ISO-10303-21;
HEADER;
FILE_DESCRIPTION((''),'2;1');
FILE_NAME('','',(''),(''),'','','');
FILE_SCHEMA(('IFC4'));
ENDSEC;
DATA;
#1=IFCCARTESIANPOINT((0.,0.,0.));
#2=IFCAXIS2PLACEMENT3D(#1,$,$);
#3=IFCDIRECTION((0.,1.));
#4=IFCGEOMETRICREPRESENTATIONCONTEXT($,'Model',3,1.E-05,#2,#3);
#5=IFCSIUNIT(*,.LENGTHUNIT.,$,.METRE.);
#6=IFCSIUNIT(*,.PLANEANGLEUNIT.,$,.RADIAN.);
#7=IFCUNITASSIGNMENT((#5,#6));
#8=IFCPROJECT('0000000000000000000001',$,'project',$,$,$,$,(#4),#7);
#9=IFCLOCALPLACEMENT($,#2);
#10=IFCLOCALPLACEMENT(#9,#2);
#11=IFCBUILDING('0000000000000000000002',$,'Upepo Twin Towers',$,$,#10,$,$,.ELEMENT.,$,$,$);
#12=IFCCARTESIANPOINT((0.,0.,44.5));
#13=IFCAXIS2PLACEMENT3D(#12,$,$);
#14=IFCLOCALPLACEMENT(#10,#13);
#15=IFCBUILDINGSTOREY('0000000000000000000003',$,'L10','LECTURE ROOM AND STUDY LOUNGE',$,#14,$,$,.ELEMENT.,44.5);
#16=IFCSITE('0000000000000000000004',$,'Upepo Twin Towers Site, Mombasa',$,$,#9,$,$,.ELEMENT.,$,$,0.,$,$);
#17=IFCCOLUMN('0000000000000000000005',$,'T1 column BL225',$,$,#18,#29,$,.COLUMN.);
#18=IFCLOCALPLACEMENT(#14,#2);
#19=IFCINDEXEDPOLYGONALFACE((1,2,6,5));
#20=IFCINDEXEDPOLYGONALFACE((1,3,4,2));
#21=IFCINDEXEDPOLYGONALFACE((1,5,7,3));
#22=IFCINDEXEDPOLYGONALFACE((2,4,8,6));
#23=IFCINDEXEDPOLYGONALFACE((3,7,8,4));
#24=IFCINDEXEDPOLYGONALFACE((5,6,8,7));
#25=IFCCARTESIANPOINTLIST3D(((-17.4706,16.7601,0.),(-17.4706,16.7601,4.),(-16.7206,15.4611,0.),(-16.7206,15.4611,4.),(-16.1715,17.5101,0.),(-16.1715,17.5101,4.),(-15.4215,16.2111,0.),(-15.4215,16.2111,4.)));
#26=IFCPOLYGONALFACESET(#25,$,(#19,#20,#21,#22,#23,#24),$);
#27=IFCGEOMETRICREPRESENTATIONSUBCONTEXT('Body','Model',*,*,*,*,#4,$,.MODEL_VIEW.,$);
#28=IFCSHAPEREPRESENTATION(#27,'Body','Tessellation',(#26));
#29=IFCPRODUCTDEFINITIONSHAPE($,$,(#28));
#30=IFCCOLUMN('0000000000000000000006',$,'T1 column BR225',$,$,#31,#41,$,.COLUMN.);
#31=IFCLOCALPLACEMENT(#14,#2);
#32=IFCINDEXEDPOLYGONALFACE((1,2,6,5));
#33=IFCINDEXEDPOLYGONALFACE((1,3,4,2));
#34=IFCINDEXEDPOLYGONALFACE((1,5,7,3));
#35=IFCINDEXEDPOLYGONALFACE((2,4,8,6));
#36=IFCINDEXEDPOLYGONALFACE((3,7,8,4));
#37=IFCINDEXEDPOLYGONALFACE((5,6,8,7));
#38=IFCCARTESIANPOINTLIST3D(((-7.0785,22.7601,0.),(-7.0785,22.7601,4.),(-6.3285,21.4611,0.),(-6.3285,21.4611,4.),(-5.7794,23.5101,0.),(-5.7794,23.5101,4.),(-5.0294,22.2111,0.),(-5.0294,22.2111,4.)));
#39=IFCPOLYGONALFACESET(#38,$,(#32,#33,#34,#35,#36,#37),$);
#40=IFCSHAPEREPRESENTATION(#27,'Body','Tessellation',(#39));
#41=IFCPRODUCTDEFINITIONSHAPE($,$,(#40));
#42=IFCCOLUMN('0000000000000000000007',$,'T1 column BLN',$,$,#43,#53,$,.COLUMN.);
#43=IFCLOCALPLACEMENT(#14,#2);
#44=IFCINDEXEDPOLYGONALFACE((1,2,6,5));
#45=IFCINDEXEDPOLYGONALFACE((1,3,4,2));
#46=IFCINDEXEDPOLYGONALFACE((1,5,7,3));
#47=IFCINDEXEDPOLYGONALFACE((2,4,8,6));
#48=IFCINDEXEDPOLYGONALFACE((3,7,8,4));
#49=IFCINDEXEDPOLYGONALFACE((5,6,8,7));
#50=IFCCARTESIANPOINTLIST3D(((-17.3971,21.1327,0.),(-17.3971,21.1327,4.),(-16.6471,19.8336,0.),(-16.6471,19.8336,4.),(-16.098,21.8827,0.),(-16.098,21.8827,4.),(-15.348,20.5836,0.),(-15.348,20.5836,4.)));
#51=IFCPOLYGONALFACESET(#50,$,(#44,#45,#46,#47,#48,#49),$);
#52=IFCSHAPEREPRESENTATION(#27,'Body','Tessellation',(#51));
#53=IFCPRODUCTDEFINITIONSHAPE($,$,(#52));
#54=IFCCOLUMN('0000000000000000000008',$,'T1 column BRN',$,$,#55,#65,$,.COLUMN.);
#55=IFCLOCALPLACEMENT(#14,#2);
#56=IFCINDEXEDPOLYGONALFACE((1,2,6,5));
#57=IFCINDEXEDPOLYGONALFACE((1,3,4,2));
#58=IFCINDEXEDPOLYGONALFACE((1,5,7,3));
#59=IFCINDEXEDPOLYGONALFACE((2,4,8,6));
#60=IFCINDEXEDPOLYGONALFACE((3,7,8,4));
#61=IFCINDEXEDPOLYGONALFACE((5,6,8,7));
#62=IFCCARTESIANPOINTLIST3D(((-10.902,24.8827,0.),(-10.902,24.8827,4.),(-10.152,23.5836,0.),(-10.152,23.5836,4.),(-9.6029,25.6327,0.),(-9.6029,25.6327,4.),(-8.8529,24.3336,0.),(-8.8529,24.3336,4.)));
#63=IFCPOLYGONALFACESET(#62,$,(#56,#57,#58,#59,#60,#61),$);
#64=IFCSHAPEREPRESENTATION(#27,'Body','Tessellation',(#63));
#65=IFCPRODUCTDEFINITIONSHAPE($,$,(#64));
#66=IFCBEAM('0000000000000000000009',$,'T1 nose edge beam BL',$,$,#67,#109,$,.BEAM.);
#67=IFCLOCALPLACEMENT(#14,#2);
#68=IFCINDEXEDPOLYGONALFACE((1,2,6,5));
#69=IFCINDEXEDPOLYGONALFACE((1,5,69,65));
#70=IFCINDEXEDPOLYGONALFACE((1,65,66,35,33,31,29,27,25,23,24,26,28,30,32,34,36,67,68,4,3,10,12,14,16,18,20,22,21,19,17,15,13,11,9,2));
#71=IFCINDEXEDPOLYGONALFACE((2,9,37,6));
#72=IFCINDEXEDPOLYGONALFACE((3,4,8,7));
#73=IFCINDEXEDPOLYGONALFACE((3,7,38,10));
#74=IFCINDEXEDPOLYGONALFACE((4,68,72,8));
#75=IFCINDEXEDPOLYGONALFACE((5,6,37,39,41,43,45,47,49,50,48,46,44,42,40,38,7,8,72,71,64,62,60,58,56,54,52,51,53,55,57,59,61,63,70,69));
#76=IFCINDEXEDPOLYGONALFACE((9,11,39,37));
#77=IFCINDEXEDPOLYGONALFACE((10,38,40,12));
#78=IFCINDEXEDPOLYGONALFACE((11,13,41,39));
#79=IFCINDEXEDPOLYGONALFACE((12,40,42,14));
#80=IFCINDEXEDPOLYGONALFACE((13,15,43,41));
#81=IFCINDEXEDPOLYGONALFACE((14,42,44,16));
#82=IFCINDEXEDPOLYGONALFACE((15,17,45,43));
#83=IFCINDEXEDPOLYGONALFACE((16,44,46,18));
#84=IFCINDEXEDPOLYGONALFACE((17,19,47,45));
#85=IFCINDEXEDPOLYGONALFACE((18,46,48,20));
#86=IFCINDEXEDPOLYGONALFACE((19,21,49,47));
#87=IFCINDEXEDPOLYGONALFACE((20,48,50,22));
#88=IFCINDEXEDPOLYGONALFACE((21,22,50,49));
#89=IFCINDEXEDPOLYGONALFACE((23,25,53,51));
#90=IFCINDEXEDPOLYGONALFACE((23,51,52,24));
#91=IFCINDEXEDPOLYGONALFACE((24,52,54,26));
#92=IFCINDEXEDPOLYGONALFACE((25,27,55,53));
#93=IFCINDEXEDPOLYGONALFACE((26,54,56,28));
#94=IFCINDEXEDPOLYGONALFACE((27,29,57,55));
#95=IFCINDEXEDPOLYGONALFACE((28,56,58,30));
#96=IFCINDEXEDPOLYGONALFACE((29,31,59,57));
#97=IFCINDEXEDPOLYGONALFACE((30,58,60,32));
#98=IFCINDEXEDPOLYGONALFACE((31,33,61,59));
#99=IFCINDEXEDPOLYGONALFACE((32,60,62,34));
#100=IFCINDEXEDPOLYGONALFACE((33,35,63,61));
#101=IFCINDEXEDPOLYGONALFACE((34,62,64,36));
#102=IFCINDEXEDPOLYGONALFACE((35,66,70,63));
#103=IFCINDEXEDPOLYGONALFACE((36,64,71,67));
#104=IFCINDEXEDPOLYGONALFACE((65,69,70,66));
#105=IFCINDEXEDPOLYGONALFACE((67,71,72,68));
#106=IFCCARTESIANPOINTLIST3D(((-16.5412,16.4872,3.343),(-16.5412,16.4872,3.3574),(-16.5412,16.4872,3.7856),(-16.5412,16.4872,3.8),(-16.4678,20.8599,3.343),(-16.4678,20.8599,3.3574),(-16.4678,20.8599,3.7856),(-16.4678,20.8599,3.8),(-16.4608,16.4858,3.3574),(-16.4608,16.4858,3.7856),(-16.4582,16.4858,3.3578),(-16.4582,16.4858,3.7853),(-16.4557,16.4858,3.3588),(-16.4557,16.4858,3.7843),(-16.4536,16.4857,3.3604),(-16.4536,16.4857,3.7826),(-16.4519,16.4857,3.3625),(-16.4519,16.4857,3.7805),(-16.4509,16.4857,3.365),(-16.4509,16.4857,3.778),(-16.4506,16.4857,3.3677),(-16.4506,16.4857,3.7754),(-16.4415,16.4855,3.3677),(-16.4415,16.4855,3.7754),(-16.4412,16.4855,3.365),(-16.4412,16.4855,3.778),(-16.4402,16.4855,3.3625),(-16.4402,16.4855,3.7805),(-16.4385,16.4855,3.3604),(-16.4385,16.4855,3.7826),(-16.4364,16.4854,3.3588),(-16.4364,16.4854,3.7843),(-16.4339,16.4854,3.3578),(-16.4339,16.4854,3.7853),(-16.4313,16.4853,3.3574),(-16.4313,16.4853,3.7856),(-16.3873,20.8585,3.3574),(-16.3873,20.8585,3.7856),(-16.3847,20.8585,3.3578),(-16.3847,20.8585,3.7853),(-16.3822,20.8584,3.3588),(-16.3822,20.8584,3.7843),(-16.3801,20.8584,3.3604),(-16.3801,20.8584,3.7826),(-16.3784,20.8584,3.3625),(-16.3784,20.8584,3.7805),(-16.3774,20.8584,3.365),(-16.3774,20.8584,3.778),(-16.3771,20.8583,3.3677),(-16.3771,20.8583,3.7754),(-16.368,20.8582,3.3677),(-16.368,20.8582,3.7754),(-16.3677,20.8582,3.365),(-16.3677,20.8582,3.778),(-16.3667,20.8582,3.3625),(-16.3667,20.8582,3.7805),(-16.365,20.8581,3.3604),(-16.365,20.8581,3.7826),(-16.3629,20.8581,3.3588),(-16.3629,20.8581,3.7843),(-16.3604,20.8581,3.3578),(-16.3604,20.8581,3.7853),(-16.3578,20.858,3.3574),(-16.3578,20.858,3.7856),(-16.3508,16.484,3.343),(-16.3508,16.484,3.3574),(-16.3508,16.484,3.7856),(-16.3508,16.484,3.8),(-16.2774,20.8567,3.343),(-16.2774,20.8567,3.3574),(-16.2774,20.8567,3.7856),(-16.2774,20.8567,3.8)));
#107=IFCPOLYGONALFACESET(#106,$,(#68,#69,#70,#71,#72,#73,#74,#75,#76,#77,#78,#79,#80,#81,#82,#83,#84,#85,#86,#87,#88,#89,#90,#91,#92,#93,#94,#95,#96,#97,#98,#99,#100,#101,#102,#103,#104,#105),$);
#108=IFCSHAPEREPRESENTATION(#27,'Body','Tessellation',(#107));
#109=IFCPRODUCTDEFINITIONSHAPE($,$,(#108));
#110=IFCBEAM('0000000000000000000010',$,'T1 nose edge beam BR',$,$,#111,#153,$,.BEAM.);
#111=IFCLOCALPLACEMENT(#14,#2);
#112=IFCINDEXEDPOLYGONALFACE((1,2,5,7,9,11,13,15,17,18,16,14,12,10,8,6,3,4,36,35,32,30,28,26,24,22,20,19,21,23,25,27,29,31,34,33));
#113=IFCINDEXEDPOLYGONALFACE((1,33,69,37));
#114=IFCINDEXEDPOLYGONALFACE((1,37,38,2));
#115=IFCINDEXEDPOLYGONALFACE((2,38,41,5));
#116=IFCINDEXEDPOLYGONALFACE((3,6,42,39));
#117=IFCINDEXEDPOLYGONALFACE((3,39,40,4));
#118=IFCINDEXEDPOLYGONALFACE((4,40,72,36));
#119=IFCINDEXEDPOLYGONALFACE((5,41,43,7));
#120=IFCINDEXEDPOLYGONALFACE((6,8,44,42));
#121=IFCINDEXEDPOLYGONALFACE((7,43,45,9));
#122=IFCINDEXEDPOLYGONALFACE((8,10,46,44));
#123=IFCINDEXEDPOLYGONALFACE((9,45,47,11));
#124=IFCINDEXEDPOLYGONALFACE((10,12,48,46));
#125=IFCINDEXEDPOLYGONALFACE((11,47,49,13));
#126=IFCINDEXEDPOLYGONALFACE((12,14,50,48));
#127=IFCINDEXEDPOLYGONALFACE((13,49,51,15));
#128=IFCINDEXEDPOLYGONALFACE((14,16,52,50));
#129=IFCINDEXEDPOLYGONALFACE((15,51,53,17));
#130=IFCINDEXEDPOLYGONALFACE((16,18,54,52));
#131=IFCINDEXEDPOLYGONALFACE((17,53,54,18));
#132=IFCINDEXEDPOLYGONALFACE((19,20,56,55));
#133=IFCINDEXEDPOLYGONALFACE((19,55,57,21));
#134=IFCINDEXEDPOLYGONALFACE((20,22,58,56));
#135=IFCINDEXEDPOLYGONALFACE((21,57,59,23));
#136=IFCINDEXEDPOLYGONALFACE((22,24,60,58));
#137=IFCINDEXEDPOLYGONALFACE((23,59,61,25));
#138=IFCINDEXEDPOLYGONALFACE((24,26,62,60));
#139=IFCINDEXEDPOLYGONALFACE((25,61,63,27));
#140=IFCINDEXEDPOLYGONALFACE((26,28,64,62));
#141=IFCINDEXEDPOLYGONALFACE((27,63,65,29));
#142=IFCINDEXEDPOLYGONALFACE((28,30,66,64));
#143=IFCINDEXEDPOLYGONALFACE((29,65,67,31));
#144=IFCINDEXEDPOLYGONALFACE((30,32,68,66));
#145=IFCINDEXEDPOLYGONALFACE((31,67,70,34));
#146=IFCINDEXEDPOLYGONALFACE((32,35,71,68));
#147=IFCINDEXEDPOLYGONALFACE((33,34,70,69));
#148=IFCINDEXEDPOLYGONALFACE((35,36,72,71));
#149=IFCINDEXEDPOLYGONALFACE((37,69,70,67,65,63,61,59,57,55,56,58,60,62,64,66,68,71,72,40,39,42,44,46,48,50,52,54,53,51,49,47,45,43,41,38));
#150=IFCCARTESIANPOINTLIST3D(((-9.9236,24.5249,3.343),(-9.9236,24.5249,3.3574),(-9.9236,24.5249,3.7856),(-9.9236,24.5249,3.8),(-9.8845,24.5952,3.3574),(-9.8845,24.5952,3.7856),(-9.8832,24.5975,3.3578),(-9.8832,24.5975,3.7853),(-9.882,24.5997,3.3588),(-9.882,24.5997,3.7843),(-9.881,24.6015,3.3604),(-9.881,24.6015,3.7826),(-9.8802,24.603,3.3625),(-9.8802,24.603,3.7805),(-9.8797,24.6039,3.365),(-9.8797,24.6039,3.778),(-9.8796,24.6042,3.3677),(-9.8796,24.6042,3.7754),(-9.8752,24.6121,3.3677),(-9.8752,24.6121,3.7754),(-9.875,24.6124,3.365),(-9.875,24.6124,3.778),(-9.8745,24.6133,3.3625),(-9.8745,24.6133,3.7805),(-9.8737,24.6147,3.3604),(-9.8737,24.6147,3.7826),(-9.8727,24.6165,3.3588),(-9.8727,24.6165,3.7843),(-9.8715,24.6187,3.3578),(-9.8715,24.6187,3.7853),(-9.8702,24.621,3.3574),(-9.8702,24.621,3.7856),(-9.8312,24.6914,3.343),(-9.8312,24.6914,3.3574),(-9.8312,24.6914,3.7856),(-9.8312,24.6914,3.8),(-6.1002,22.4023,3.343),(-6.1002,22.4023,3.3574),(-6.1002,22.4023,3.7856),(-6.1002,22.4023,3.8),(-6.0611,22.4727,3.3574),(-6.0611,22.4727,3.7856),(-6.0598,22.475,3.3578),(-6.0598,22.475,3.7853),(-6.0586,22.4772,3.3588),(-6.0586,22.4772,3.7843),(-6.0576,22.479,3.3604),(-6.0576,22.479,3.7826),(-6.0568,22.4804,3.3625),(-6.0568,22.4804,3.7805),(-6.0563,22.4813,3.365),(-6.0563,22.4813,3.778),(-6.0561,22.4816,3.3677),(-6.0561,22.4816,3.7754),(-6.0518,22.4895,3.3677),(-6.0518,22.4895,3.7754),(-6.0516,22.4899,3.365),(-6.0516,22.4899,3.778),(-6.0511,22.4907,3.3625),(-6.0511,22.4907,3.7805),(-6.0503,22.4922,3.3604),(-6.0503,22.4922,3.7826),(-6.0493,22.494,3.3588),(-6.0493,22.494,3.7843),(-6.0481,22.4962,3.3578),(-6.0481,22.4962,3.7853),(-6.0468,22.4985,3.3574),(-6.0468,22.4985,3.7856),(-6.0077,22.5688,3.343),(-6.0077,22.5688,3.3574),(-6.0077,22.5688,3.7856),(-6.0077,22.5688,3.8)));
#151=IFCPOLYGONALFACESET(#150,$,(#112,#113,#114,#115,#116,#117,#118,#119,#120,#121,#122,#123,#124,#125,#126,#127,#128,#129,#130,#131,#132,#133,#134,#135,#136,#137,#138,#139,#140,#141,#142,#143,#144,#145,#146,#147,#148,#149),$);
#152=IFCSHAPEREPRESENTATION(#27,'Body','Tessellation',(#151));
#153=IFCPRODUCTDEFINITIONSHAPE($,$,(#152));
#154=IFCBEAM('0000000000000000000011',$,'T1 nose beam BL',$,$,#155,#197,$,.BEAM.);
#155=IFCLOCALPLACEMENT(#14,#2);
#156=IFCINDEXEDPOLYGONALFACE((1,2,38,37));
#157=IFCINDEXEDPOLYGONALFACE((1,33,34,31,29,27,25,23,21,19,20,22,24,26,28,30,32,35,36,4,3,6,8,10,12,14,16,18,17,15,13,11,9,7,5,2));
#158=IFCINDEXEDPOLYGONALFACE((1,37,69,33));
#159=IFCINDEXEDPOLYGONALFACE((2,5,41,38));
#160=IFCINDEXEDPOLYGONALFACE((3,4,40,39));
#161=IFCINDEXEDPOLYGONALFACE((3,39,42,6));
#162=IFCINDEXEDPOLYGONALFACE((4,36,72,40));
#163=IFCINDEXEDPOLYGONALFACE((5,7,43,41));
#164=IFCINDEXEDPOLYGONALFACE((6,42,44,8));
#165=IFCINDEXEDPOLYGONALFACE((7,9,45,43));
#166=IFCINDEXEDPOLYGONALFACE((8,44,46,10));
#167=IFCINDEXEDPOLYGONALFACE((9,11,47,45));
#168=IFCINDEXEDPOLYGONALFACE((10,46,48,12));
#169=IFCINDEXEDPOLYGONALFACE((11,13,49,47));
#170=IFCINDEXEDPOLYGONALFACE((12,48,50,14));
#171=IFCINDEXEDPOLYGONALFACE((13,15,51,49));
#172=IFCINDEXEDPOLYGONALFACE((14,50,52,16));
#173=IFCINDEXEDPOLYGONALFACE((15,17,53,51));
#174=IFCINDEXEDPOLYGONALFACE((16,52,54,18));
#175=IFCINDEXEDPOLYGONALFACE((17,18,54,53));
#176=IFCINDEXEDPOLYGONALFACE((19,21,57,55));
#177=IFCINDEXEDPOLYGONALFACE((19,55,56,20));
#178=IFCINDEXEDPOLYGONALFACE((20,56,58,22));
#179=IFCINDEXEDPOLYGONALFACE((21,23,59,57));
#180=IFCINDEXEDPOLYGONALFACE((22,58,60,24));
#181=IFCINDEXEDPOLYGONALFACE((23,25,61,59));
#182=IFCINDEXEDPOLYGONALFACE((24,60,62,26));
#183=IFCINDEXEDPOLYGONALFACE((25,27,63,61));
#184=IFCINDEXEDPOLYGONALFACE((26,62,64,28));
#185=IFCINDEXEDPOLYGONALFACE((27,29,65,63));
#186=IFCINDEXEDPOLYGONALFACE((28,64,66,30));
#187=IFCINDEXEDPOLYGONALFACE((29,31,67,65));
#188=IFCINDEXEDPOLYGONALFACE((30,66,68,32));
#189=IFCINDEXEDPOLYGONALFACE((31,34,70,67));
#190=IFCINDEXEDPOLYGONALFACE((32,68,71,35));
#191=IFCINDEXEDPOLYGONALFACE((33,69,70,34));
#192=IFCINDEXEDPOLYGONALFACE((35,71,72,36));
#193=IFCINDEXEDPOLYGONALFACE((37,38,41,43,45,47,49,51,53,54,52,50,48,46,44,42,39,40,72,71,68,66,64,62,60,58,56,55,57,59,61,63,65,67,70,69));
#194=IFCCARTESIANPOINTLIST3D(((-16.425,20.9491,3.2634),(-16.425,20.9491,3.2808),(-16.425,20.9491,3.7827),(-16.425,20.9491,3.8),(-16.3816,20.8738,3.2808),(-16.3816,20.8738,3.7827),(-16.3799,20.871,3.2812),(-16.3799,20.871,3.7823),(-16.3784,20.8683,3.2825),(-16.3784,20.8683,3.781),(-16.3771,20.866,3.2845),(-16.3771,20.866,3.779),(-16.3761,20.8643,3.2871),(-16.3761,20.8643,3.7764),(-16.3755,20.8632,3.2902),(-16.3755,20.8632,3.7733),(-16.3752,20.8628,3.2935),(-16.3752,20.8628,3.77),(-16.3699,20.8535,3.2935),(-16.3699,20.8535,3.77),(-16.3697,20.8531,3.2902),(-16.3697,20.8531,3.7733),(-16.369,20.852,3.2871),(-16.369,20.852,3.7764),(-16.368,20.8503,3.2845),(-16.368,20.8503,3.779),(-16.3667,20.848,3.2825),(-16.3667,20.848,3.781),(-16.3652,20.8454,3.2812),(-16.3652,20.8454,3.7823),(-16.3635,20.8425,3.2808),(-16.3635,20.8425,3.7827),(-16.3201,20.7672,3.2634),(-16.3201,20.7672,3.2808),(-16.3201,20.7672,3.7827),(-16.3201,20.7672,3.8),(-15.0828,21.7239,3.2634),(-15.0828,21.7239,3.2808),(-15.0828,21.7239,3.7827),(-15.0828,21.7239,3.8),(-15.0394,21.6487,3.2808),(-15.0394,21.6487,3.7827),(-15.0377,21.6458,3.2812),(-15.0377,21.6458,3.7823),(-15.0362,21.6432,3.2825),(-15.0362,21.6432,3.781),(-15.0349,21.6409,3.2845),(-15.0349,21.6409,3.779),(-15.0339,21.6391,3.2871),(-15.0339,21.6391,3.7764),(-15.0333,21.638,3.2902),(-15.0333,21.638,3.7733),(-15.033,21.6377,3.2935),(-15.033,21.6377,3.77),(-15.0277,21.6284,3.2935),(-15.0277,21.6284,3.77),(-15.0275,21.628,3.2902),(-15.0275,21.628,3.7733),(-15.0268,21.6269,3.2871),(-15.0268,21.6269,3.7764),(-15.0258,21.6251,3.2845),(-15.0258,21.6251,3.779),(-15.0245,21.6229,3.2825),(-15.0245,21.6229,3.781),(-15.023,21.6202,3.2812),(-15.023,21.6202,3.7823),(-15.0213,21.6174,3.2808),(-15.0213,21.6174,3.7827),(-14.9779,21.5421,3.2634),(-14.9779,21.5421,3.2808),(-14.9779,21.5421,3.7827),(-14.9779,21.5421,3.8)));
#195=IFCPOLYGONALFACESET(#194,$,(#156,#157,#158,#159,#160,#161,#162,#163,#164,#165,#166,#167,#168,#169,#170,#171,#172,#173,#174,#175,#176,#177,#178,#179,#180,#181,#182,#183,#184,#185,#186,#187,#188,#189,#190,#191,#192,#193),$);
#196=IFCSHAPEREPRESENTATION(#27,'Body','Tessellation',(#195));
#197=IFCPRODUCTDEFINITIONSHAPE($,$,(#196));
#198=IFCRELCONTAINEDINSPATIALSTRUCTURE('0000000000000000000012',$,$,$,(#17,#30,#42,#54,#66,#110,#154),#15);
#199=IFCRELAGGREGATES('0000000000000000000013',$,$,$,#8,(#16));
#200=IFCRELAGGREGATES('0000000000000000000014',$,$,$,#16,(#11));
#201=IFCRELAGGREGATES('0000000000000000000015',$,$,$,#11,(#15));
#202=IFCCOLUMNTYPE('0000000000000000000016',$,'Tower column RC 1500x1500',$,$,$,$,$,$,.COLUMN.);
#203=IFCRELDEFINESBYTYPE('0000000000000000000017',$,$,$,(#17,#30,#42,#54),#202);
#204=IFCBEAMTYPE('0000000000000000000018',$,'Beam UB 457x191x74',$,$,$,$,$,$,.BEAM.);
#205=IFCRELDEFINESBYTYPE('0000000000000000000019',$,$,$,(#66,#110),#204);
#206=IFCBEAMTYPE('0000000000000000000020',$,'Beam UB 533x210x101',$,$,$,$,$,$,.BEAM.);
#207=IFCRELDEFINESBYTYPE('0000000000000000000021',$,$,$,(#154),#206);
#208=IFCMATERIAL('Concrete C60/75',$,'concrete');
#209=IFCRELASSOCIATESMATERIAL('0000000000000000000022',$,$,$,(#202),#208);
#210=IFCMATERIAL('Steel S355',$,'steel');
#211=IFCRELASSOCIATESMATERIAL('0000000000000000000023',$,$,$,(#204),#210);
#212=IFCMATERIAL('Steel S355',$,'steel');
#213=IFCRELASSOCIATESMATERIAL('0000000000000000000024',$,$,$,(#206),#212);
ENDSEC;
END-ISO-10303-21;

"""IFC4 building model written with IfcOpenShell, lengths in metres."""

from ifc_helpers import new_model, si_unit, direction, frame, origin, origin_2d, place, context, subcontext, project, spatial, rectangle, i_section, extrude, material, material_profile, profile_set, type_object, element, save


model = new_model("IFC4")

# Units and contexts
model_context = context("Model", 3, precision=1e-05, world=origin(), true_north=direction((0.0, 1.0)))
body_context = subcontext(model_context, "Body", "Model", "MODEL_VIEW")
ifc_project = project(units=[si_unit("LENGTHUNIT", "METRE"), si_unit("PLANEANGLEUNIT", "RADIAN")], contexts=[model_context])

# Site, building, storey
site_placement = place(None, origin())
site = spatial("IfcSite", under=ifc_project, at=site_placement, Name="Upepo Twin Towers Site, Mombasa", CompositionType="ELEMENT", RefElevation=0.0)
building_placement = place(site_placement, origin())
building = spatial("IfcBuilding", under=site, at=building_placement, Name="Upepo Twin Towers", CompositionType="ELEMENT")
storey_placement = place(building_placement, frame((0.0, 0.0, 44.5)))
storey = spatial("IfcBuildingStorey", under=building, at=storey_placement, Name="L10", Description="LECTURE ROOM AND STUDY LOUNGE", CompositionType="ELEMENT", Elevation=44.5)

# Columns
ifc_material_1 = material(Name="Concrete C60/75", Category="concrete")
ifc_material_profile_1 = material_profile(ifc_material_1, rectangle(XDim=1.5, YDim=1.5, at=origin_2d()), Name="RC 1500x1500")
ifc_profile_set_1 = profile_set([ifc_material_profile_1], Name="Concrete C60/75")
column_type = type_object("IfcColumnType", Name="Tower column RC 1500x1500", PredefinedType="COLUMN", material=ifc_profile_set_1)
for number, where, z_axis, x_axis, name in (
    (1, (-16.446, 16.4856, 0.0), (0.0, 0.0, 1.0), (0.866025, 0.5, 0.0), "T1 column BL225"),
    (2, (-6.054, 22.4856, 0.0), (0.0, 0.0, 1.0), (0.866025, 0.5, 0.0), "T1 column BR225"),
    (3, (-16.3726, 20.8582, 0.0), (0.0, 0.0, 1.0), (0.866025, 0.5, 0.0), "T1 column BLN"),
    (4, (-9.8774, 24.6082, 0.0), (0.0, 0.0, 1.0), (0.866025, 0.5, 0.0), "T1 column BRN"),
):
    element("IfcColumn", number, at=place(storey_placement, frame(where, z_axis=z_axis, x_axis=x_axis)), inside=storey, type_object=column_type, Name=name, PredefinedType="COLUMN", context=body_context, shape_type="SweptSolid", body=[
        extrude(rectangle(XDim=1.5, YDim=1.5, at=origin_2d()), origin(), (0.0, 0.0, 1.0), 4.0),
    ])

# Beams
ifc_material_2 = material(Name="Steel S355", Category="steel")
ifc_material_profile_2 = material_profile(ifc_material_2, i_section(OverallWidth=0.1904, OverallDepth=0.457, WebThickness=0.009, FlangeThickness=0.0144, FilletRadius=0.0103, at=origin_2d()), Name="UB 457x191x74")
ifc_profile_set_2 = profile_set([ifc_material_profile_2], Name="Steel S355")
beam_type_1 = type_object("IfcBeamType", Name="Beam UB 457x191x74", PredefinedType="BEAM", material=ifc_profile_set_2)
beam_1_placement = place(storey_placement, frame((-16.446, 16.4856, 3.5715), z_axis=(0.016804, 0.999859, 0.0), x_axis=(-0.999859, 0.016804, 0.0)))
element("IfcBeam", 5, at=beam_1_placement, inside=storey, type_object=beam_type_1, Name="T1 nose edge beam BL", PredefinedType="BEAM", context=body_context, shape_type="SweptSolid", body=[
    extrude(i_section(OverallWidth=0.1904, OverallDepth=0.457, WebThickness=0.009, FlangeThickness=0.0144, FilletRadius=0.0103, at=origin_2d()), origin(), (0.0, 0.0, 1.0), 4.3733),
])
beam_2_placement = place(storey_placement, frame((-6.054, 22.4856, 3.5715), z_axis=(-0.874313, 0.485363, 0.0), x_axis=(-0.485363, -0.874313, 0.0)))
element("IfcBeam", 6, at=beam_2_placement, inside=storey, type_object=beam_type_1, Name="T1 nose edge beam BR", PredefinedType="BEAM", context=body_context, shape_type="SweptSolid", body=[
    extrude(i_section(OverallWidth=0.1904, OverallDepth=0.457, WebThickness=0.009, FlangeThickness=0.0144, FilletRadius=0.0103, at=origin_2d()), origin(), (0.0, 0.0, 1.0), 4.373),
])
ifc_material_3 = material(Name="Steel S355", Category="steel")
ifc_material_profile_3 = material_profile(ifc_material_3, i_section(OverallWidth=0.21, OverallDepth=0.5366, WebThickness=0.0107, FlangeThickness=0.0173, FilletRadius=0.0127, at=origin_2d()), Name="UB 533x210x101")
ifc_profile_set_3 = profile_set([ifc_material_profile_3], Name="Steel S355")
beam_type_2 = type_object("IfcBeamType", Name="Beam UB 533x210x101", PredefinedType="BEAM", material=ifc_profile_set_3)
for number, where, z_axis, x_axis, name in (
    (7, (-16.3726, 20.8582, 3.5317), (0.866044, 0.499968, 0.0), (-0.499968, 0.866044, 0.0), "T1 nose beam BL"),
):
    element("IfcBeam", number, at=place(storey_placement, frame(where, z_axis=z_axis, x_axis=x_axis)), inside=storey, type_object=beam_type_2, Name=name, PredefinedType="BEAM", context=body_context, shape_type="SweptSolid", body=[
        extrude(i_section(OverallWidth=0.21, OverallDepth=0.5366, WebThickness=0.0107, FlangeThickness=0.0173, FilletRadius=0.0127, at=origin_2d()), origin(), (0.0, 0.0, 1.0), 1.5498),
    ])

save(model, "model.ifc")
